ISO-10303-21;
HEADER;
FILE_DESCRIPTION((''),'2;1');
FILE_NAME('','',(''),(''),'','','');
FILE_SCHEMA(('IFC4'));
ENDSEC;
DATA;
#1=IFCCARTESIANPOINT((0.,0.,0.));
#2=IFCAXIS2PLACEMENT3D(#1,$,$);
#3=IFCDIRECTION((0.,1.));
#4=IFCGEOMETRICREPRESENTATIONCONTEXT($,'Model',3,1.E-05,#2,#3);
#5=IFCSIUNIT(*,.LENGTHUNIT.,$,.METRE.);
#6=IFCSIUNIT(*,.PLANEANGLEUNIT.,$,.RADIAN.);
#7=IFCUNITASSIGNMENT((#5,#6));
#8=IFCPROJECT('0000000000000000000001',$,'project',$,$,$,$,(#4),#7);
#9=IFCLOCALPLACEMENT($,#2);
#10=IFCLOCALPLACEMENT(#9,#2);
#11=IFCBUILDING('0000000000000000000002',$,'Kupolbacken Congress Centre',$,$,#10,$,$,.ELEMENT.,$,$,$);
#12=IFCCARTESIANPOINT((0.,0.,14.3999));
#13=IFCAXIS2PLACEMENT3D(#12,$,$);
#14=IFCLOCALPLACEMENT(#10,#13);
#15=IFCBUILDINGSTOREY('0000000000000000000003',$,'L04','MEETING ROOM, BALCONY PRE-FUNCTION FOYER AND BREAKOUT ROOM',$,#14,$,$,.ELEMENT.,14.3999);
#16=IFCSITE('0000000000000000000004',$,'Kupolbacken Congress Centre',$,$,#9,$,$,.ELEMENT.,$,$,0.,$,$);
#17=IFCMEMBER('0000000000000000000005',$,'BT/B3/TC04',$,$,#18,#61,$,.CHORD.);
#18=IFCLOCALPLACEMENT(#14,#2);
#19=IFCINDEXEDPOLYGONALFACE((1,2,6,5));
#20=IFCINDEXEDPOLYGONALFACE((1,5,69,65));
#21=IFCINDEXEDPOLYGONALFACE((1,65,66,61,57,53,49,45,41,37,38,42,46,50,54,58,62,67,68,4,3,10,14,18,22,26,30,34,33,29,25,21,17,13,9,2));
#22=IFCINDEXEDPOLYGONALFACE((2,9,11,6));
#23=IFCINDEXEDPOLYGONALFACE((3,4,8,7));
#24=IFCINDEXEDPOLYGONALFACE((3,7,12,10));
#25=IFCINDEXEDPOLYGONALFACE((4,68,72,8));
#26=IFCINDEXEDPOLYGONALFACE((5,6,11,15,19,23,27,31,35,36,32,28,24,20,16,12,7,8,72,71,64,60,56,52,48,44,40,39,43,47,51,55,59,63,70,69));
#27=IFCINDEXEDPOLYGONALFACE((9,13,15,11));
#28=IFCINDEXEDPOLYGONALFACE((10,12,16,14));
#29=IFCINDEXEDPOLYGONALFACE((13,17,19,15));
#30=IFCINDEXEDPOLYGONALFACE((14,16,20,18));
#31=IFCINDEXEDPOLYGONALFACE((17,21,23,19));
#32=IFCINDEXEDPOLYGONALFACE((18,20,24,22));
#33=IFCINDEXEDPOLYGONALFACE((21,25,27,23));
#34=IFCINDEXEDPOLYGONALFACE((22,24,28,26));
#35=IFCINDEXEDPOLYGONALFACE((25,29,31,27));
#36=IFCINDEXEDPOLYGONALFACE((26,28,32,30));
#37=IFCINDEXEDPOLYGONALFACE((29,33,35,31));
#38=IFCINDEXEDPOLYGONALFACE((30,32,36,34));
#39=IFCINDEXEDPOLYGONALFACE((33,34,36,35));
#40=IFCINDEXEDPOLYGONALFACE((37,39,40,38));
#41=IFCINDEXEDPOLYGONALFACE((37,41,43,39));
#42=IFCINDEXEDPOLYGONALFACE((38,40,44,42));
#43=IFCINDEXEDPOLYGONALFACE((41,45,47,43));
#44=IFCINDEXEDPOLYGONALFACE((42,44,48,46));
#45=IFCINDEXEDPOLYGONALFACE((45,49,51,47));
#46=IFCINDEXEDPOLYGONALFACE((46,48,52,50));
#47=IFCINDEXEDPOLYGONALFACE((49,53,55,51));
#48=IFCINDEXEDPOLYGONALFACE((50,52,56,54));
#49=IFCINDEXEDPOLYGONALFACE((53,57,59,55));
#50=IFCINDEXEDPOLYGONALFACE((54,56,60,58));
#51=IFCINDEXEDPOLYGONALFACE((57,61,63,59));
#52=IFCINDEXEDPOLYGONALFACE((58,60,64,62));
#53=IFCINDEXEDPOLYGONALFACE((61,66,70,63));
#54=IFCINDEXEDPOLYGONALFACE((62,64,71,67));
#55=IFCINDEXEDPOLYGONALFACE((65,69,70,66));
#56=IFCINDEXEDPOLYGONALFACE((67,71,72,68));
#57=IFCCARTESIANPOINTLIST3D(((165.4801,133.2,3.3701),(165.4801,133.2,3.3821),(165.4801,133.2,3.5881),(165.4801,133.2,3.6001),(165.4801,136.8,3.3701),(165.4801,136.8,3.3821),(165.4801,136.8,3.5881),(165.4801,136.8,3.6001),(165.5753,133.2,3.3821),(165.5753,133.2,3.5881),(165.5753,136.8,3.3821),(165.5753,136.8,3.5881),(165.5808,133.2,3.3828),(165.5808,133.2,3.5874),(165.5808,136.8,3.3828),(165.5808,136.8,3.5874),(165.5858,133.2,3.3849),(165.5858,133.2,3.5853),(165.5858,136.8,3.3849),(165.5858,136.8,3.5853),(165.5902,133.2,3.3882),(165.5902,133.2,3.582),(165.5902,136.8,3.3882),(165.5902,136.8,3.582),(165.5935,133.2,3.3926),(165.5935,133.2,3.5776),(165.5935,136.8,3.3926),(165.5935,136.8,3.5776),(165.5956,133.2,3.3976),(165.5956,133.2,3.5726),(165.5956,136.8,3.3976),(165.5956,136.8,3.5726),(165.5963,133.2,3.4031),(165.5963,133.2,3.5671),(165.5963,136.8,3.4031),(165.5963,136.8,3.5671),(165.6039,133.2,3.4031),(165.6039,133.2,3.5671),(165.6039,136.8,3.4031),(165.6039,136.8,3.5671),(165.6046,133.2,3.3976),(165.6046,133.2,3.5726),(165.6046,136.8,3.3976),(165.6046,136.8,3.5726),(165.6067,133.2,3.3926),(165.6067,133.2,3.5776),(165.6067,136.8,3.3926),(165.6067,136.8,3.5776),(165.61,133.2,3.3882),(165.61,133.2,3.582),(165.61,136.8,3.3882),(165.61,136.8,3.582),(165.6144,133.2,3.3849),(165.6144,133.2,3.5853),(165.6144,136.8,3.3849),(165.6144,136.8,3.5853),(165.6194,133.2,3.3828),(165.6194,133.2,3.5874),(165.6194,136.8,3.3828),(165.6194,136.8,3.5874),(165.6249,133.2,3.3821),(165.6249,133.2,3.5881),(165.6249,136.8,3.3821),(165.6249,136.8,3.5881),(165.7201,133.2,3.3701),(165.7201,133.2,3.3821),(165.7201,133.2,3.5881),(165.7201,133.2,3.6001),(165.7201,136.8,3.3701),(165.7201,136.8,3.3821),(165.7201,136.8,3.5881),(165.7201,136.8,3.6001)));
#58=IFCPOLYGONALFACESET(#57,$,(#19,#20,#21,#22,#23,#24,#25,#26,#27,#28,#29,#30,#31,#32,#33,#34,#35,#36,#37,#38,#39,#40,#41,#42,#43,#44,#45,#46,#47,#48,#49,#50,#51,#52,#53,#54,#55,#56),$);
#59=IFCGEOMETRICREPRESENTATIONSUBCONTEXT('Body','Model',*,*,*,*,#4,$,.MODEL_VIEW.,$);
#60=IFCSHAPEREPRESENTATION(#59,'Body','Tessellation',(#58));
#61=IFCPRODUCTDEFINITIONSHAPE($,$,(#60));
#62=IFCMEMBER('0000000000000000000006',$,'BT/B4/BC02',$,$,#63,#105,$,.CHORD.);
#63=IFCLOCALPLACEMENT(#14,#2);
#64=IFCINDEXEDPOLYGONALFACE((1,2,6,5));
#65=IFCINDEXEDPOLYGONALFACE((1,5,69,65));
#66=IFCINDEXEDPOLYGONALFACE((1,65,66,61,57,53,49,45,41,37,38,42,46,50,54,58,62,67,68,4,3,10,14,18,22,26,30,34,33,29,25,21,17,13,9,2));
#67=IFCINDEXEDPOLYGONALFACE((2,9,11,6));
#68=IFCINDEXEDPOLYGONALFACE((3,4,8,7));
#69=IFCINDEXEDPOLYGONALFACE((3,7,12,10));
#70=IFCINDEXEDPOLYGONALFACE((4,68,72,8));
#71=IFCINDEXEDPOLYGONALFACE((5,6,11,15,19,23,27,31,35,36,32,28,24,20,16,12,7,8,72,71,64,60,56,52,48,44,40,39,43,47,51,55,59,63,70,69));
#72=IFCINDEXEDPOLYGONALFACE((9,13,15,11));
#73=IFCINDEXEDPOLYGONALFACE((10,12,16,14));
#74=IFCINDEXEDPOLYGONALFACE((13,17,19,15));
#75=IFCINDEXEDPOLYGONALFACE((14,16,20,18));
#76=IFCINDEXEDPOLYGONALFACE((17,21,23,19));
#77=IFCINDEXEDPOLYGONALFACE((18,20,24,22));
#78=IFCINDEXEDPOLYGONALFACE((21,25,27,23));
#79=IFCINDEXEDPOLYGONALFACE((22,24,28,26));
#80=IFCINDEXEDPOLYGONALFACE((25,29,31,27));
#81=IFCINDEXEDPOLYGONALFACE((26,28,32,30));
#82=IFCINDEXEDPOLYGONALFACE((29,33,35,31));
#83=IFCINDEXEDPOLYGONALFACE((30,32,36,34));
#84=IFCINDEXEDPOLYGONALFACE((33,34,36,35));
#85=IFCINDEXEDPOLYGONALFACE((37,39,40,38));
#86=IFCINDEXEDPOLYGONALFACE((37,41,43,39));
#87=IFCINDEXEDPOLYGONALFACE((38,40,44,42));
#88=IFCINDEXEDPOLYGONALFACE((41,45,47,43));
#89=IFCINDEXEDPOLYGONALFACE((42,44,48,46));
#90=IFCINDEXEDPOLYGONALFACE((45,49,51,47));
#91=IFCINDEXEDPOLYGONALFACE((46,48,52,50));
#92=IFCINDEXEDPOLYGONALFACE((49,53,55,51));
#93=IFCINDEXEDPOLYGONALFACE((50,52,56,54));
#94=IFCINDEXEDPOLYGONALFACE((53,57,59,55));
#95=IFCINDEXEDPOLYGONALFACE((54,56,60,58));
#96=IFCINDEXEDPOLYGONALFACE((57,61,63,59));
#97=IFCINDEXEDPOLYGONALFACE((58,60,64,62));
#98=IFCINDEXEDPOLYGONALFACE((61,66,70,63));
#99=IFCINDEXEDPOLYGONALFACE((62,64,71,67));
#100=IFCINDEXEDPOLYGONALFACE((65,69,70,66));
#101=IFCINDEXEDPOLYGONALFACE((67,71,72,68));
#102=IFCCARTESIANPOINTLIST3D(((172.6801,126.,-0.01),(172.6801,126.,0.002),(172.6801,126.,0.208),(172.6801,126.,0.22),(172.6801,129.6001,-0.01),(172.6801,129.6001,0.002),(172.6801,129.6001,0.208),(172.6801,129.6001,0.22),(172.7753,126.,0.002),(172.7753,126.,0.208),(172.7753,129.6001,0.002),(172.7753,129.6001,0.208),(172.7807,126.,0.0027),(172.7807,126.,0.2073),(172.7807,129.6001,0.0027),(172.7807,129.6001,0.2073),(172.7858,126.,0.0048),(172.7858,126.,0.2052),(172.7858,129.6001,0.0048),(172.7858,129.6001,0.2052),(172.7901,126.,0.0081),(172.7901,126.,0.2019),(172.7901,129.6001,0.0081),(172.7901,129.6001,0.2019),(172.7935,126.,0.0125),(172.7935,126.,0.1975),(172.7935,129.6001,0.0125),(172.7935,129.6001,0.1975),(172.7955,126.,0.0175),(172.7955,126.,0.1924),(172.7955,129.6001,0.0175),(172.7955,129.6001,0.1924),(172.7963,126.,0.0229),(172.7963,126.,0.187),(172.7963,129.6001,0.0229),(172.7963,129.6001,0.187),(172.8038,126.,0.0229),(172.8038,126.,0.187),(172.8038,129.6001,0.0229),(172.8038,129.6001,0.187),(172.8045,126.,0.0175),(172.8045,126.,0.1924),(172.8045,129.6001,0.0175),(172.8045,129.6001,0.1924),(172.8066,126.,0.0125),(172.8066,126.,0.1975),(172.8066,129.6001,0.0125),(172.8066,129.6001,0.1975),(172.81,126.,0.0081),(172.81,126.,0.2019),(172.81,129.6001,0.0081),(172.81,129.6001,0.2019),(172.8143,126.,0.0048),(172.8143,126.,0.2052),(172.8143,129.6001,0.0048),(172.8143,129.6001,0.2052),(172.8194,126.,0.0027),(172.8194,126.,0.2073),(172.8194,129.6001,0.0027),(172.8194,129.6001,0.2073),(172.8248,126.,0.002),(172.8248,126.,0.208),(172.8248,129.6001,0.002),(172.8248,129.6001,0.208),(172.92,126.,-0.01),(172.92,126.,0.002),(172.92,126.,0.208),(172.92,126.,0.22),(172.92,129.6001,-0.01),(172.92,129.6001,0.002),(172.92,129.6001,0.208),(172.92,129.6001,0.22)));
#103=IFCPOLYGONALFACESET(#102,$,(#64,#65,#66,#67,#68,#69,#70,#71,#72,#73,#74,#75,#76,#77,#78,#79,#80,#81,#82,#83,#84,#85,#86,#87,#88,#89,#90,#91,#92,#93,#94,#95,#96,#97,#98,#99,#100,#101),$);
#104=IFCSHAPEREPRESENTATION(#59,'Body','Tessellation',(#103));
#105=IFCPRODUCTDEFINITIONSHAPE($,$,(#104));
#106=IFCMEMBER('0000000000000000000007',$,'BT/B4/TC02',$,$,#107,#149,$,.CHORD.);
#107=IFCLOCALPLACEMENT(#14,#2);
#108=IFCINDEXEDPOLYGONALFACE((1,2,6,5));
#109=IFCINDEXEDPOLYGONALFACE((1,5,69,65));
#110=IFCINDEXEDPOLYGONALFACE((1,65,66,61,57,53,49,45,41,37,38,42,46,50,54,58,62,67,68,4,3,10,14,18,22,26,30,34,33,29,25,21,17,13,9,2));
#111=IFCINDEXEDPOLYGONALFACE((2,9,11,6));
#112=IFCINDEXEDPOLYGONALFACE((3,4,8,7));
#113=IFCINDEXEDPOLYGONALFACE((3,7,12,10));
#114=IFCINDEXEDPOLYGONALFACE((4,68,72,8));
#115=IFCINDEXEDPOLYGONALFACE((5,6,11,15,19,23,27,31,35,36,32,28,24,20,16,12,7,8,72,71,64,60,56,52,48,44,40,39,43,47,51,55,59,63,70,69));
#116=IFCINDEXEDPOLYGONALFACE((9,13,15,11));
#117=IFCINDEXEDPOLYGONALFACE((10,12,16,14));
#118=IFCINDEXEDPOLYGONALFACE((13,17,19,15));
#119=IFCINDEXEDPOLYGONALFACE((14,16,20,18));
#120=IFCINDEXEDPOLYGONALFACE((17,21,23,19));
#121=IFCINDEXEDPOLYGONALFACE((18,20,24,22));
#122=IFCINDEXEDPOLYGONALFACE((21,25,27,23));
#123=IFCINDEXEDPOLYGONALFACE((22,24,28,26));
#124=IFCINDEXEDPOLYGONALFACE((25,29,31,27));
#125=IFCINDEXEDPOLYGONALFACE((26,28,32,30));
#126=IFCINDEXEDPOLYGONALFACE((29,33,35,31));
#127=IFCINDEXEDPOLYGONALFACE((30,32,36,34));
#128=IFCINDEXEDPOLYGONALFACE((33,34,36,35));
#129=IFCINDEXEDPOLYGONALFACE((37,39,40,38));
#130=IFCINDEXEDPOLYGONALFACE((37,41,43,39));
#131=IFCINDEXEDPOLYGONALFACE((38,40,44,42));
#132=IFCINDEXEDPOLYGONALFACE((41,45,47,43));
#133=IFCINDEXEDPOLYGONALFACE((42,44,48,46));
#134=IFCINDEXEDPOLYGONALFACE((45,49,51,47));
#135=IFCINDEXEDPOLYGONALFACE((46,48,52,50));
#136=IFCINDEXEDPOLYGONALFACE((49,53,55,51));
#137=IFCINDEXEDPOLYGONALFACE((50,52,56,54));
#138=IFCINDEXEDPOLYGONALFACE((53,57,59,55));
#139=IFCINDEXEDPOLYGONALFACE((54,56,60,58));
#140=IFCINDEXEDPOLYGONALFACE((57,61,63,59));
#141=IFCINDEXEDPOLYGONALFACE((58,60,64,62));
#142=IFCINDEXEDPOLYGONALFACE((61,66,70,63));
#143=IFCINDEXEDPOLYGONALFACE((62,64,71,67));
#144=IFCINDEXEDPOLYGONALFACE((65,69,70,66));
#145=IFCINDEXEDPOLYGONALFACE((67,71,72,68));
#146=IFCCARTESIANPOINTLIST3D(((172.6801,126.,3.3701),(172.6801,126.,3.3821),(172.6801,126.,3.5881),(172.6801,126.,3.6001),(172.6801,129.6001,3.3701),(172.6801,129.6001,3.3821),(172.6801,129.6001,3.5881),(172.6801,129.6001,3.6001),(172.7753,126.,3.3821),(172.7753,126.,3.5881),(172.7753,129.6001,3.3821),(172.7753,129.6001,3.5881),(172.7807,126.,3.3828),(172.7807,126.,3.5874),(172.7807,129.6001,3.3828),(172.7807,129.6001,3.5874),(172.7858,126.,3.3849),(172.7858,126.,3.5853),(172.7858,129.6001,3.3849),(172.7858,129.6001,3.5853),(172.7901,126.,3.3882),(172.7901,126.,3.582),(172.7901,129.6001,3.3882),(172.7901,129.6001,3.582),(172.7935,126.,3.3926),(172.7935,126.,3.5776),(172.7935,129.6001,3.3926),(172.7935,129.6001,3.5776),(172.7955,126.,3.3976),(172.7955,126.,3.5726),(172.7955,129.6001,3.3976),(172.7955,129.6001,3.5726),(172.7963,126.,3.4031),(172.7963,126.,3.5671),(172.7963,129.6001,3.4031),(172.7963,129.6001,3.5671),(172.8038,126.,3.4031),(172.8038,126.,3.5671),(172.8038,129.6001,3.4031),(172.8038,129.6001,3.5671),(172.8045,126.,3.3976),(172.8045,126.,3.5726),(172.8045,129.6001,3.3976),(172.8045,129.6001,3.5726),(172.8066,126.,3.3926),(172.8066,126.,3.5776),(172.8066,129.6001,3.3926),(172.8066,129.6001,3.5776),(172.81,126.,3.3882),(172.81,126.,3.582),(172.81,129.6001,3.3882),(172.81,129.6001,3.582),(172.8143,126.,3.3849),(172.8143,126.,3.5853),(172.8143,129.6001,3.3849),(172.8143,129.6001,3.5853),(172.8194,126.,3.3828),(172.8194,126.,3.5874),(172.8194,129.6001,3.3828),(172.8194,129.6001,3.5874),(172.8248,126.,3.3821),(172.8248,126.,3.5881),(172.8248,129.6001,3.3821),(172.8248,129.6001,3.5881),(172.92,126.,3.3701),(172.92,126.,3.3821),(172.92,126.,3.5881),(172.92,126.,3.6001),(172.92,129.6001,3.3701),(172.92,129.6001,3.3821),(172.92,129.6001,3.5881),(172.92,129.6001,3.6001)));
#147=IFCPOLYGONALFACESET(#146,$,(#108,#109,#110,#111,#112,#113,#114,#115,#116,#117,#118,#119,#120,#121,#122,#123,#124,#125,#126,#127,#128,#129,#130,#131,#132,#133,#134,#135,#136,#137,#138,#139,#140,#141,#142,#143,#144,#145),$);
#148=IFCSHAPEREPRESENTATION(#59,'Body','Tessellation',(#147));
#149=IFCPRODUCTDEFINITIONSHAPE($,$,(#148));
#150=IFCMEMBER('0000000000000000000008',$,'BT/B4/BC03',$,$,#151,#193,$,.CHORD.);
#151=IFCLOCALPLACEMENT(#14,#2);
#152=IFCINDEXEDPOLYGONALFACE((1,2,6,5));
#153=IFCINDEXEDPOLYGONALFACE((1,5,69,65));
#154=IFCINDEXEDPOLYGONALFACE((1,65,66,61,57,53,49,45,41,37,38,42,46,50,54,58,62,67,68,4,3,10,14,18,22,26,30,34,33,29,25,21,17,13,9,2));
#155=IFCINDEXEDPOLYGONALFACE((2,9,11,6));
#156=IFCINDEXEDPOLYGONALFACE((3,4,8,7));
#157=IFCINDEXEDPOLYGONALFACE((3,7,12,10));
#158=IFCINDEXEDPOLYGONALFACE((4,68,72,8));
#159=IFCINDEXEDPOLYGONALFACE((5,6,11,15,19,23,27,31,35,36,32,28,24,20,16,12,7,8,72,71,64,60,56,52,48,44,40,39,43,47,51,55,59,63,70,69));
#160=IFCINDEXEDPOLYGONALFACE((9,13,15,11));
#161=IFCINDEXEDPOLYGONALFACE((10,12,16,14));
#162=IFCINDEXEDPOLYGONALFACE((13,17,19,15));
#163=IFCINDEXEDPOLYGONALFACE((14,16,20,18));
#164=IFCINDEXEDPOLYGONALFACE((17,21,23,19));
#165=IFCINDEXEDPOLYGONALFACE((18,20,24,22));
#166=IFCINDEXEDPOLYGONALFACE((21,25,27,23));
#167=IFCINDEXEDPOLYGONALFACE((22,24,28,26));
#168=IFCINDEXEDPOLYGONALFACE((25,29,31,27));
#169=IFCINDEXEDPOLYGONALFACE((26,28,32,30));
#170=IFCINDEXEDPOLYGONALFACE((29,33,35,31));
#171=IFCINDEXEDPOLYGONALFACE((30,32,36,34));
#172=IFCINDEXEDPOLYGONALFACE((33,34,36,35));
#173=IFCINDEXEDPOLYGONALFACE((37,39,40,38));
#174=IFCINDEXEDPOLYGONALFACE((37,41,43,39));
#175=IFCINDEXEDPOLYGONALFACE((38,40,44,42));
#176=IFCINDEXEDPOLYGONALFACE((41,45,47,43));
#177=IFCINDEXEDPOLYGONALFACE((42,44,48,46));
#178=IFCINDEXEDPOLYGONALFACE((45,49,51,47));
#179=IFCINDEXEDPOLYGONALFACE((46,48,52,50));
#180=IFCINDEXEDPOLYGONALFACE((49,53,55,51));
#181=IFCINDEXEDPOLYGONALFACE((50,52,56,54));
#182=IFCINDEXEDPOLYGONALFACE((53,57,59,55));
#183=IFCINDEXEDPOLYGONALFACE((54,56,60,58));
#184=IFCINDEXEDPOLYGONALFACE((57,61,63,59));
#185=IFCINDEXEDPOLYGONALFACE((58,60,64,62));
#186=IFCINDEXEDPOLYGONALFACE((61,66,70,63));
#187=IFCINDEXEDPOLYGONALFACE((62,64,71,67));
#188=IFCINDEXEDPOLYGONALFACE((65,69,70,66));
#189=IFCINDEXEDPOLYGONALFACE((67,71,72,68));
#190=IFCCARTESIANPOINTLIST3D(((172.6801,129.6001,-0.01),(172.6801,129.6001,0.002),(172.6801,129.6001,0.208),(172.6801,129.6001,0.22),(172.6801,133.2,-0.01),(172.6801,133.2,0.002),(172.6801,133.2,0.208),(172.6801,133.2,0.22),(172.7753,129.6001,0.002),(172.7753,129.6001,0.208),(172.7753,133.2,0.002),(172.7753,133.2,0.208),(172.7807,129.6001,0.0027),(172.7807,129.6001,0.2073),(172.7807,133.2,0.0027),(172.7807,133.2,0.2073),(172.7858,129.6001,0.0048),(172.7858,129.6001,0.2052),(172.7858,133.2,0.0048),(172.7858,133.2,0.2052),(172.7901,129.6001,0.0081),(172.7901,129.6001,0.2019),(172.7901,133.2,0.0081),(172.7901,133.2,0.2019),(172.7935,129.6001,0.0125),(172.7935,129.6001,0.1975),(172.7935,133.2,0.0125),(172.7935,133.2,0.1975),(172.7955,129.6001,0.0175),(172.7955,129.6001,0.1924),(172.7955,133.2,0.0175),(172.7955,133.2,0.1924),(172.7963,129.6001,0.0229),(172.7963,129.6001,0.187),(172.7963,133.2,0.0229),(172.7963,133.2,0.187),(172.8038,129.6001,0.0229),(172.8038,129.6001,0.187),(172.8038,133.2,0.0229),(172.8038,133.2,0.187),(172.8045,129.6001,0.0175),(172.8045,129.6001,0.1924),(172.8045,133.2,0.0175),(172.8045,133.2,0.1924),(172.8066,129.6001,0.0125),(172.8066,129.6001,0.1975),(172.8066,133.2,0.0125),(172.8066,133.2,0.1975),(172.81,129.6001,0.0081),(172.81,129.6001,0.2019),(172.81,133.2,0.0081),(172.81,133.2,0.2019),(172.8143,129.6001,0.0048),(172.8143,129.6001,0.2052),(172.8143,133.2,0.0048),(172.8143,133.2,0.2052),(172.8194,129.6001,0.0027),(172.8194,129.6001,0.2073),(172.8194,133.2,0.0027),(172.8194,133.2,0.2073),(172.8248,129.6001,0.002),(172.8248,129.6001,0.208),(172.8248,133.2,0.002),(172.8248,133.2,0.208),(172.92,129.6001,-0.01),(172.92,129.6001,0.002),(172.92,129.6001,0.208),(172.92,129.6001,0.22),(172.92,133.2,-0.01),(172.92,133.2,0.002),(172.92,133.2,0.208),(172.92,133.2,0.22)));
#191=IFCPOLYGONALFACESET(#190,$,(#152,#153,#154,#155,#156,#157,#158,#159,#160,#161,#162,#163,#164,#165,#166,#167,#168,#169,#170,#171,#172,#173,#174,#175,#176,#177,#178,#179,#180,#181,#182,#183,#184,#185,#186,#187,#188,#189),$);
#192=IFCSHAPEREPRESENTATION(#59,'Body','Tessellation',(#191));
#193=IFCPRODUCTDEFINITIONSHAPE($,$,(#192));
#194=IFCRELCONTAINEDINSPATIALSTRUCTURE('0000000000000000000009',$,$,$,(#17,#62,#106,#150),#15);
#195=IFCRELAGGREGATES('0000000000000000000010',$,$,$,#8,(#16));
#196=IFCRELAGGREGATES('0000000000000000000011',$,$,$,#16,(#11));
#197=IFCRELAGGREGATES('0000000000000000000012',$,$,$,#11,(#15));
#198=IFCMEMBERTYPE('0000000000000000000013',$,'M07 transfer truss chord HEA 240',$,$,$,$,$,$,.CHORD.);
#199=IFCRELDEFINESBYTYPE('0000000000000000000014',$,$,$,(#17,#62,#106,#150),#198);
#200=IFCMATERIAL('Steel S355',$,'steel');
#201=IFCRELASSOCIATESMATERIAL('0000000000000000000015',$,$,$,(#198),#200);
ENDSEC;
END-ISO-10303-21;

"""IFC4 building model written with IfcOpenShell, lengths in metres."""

from ifc_helpers import new_model, si_unit, direction, frame, origin, origin_2d, place, context, subcontext, project, spatial, i_section, extrude, material, material_profile, profile_set, type_object, element, save


model = new_model("IFC4")

# Units and contexts
model_context = context("Model", 3, precision=1e-05, world=origin(), true_north=direction((0.0, 1.0)))
body_context = subcontext(model_context, "Body", "Model", "MODEL_VIEW")
ifc_project = project(units=[si_unit("LENGTHUNIT", "METRE"), si_unit("PLANEANGLEUNIT", "RADIAN")], contexts=[model_context])

# Site, building, storey
site_placement = place(None, origin())
site = spatial("IfcSite", under=ifc_project, at=site_placement, Name="Kupolbacken Congress Centre", CompositionType="ELEMENT", RefElevation=0.0)
building_placement = place(site_placement, origin())
building = spatial("IfcBuilding", under=site, at=building_placement, Name="Kupolbacken Congress Centre", CompositionType="ELEMENT")
storey_placement = place(building_placement, frame((0.0, 0.0, 14.3999)))
storey = spatial("IfcBuildingStorey", under=building, at=storey_placement, Name="L04", Description="MEETING ROOM, BALCONY PRE-FUNCTION FOYER AND BREAKOUT ROOM", CompositionType="ELEMENT", Elevation=14.3999)

# Members
ifc_material_1 = material(Name="Steel S355", Category="steel")
ifc_material_profile_1 = material_profile(ifc_material_1, i_section(OverallWidth=0.24, OverallDepth=0.23, WebThickness=0.0076, FlangeThickness=0.012, FilletRadius=0.021, at=origin_2d()), Name="HEA 240")
ifc_profile_set_1 = profile_set([ifc_material_profile_1], Name="Steel S355")
member_type_1 = type_object("IfcMemberType", Name="M07 transfer truss chord HEA 240", PredefinedType="CHORD", material=ifc_profile_set_1)
for number, where, z_axis, x_axis, name in (
    (1, (165.6001, 133.2, 3.4851), (0.0, 1.0, 0.0), (-1.0, 0.0, 0.0), "BT/B3/TC04"),
    (2, (172.8, 126.0, 0.105), (0.0, 1.0, 0.0), (-1.0, 0.0, 0.0), "BT/B4/BC02"),
    (3, (172.8, 126.0, 3.4851), (0.0, 1.0, 0.0), (-1.0, 0.0, 0.0), "BT/B4/TC02"),
):
    element("IfcMember", number, at=place(storey_placement, frame(where, z_axis=z_axis, x_axis=x_axis)), inside=storey, type_object=member_type_1, Name=name, PredefinedType="CHORD", context=body_context, shape_type="SweptSolid", body=[
        extrude(i_section(OverallWidth=0.24, OverallDepth=0.23, WebThickness=0.0076, FlangeThickness=0.012, FilletRadius=0.021, at=origin_2d()), origin(), (0.0, 0.0, 1.0), 3.6001),
    ])
for number, where, z_axis, x_axis, name in (
    (4, (172.8, 129.6001, 0.105), (0.0, 1.0, 0.0), (-1.0, 0.0, 0.0), "BT/B4/BC03"),
):
    element("IfcMember", number, at=place(storey_placement, frame(where, z_axis=z_axis, x_axis=x_axis)), inside=storey, type_object=member_type_1, Name=name, PredefinedType="CHORD", context=body_context, shape_type="SweptSolid", body=[
        extrude(i_section(OverallWidth=0.24, OverallDepth=0.23, WebThickness=0.0076, FlangeThickness=0.012, FilletRadius=0.021, at=origin_2d()), origin(), (0.0, 0.0, 1.0), 3.5999),
    ])

save(model, "model.ifc")
